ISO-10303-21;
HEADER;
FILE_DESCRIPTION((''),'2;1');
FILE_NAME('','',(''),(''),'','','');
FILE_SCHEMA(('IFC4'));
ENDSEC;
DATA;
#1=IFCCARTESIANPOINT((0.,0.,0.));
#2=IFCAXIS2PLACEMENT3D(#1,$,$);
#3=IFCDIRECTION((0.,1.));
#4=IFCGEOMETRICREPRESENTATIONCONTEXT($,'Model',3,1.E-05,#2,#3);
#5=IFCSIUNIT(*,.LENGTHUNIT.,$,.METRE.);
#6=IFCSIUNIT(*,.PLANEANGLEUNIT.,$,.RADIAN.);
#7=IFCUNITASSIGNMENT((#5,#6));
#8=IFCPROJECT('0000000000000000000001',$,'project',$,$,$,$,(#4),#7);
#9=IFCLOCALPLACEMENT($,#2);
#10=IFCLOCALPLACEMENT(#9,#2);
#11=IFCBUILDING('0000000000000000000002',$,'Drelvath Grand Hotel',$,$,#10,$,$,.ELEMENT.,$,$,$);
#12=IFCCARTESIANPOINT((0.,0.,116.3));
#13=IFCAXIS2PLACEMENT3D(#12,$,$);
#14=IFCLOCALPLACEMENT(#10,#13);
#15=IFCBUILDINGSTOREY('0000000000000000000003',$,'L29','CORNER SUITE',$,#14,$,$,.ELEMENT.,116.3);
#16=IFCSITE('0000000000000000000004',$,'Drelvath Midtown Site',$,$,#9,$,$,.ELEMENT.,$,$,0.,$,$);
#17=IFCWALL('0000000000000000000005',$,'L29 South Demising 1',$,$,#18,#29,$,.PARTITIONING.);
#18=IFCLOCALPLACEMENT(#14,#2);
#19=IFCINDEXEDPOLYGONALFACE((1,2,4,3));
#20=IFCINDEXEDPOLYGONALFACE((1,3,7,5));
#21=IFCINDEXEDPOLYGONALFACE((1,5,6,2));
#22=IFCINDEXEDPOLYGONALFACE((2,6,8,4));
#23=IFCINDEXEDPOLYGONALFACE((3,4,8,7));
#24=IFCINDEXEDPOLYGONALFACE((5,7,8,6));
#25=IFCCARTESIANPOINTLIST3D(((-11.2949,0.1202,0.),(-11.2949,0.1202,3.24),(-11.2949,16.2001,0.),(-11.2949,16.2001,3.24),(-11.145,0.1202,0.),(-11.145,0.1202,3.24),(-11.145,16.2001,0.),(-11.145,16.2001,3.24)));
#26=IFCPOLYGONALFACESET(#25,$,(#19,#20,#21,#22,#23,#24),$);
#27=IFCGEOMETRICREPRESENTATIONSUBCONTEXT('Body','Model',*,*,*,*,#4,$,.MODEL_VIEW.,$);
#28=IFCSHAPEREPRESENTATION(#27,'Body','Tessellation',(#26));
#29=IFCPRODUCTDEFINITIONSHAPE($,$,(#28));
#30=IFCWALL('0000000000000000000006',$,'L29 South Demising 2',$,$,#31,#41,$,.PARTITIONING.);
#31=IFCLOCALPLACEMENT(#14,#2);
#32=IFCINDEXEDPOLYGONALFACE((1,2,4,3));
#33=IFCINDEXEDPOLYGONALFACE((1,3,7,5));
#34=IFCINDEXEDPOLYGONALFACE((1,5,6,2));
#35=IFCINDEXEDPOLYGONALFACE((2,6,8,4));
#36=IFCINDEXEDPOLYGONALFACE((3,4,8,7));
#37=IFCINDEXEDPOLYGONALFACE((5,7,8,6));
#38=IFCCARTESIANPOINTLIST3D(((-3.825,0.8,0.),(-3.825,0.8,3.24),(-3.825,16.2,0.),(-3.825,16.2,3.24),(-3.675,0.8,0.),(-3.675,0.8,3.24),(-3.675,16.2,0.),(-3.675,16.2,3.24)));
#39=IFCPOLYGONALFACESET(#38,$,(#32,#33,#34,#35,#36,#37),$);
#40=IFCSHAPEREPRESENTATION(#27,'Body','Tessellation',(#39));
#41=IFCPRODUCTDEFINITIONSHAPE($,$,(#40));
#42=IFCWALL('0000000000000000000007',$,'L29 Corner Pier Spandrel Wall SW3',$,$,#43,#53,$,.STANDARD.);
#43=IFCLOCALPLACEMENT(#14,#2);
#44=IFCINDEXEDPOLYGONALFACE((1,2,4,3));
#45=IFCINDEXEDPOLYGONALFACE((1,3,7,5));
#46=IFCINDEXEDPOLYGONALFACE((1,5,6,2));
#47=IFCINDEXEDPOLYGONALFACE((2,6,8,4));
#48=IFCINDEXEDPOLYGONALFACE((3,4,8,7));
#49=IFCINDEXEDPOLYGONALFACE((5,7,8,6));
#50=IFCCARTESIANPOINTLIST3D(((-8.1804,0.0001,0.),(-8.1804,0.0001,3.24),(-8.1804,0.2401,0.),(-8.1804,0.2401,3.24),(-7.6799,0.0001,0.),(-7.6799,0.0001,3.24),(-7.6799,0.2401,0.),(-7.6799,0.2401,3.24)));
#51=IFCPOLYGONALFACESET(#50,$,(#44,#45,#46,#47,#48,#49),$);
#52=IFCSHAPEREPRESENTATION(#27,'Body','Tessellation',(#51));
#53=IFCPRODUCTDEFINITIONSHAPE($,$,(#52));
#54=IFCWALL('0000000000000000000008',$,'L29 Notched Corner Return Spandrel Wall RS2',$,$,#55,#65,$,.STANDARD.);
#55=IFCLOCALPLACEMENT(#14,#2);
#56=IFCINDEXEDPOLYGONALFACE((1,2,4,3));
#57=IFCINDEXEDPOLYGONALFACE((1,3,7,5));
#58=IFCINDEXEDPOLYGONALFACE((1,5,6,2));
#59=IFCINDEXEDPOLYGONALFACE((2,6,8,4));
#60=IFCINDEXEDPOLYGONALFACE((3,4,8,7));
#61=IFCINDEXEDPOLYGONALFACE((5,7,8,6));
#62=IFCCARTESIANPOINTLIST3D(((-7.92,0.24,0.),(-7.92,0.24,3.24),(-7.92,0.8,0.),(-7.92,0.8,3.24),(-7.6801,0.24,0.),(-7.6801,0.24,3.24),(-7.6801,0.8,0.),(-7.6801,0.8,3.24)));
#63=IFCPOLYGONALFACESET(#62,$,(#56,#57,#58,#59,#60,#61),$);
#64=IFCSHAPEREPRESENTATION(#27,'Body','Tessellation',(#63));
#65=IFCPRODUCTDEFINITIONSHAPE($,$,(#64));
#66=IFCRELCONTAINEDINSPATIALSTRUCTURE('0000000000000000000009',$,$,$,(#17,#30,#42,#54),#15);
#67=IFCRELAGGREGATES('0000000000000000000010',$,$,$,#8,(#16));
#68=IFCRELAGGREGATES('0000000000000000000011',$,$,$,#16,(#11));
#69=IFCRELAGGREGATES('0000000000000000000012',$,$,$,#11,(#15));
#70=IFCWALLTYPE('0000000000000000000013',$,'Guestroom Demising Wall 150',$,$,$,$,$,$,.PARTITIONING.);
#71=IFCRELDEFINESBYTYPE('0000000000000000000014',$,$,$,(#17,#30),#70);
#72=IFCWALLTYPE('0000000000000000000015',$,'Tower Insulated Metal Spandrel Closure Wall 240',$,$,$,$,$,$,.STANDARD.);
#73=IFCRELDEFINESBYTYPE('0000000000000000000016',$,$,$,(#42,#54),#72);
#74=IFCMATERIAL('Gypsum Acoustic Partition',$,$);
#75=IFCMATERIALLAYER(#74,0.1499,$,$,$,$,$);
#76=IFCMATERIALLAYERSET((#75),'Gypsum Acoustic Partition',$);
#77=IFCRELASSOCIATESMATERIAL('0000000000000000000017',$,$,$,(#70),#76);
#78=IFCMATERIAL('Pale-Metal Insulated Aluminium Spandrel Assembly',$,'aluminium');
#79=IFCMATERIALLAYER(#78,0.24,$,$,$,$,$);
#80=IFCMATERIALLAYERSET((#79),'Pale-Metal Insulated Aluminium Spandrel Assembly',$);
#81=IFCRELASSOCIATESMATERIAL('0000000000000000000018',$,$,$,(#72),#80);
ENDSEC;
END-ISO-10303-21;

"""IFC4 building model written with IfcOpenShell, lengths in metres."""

from ifc_helpers import new_model, si_unit, direction, frame, frame_2d, origin, place, context, subcontext, project, spatial, rectangle, extrude, material, layer, layer_set, type_object, element, save


model = new_model("IFC4")

# Units and contexts
model_context = context("Model", 3, precision=1e-05, world=origin(), true_north=direction((0.0, 1.0)))
body_context = subcontext(model_context, "Body", "Model", "MODEL_VIEW")
ifc_project = project(units=[si_unit("LENGTHUNIT", "METRE"), si_unit("PLANEANGLEUNIT", "RADIAN")], contexts=[model_context])

# Site, building, storey
site_placement = place(None, origin())
site = spatial("IfcSite", under=ifc_project, at=site_placement, Name="Drelvath Midtown Site", CompositionType="ELEMENT", RefElevation=0.0)
building_placement = place(site_placement, origin())
building = spatial("IfcBuilding", under=site, at=building_placement, Name="Drelvath Grand Hotel", CompositionType="ELEMENT")
storey_placement = place(building_placement, frame((0.0, 0.0, 116.3)))
storey = spatial("IfcBuildingStorey", under=building, at=storey_placement, Name="L29", Description="CORNER SUITE", CompositionType="ELEMENT", Elevation=116.3)

# Walls
ifc_material_1 = material(Name="Gypsum Acoustic Partition")
ifc_layer_1 = layer(ifc_material_1, 0.1499)
ifc_layer_set_1 = layer_set([ifc_layer_1], Name="Gypsum Acoustic Partition")
wall_type_1 = type_object("IfcWallType", Name="Guestroom Demising Wall 150", PredefinedType="PARTITIONING", material=ifc_layer_set_1)
wall_1_placement = place(storey_placement, frame((-11.22, 0.1201, 0.0), z_axis=(0.0, 0.0, 1.0), x_axis=(0.0, 1.0, 0.0)))
element("IfcWall", 1, at=wall_1_placement, inside=storey, type_object=wall_type_1, Name="L29 South Demising 1", PredefinedType="PARTITIONING", context=body_context, shape_type="SweptSolid", body=[
    extrude(rectangle(XDim=16.0798, YDim=0.1499, at=frame_2d((8.04, 0.0))), origin(), (0.0, 0.0, 1.0), 3.24),
])
wall_2_placement = place(storey_placement, frame((-3.75, 0.8, 0.0), z_axis=(0.0, 0.0, 1.0), x_axis=(0.0, 1.0, 0.0)))
element("IfcWall", 2, at=wall_2_placement, inside=storey, type_object=wall_type_1, Name="L29 South Demising 2", PredefinedType="PARTITIONING", context=body_context, shape_type="SweptSolid", body=[
    extrude(rectangle(XDim=15.3999, YDim=0.1499, at=frame_2d((7.7, 0.0))), origin(), (0.0, 0.0, 1.0), 3.24),
])
ifc_material_2 = material(Name="Pale-Metal Insulated Aluminium Spandrel Assembly", Category="aluminium")
ifc_layer_2 = layer(ifc_material_2, 0.24)
ifc_layer_set_2 = layer_set([ifc_layer_2], Name="Pale-Metal Insulated Aluminium Spandrel Assembly")
wall_type_2 = type_object("IfcWallType", Name="Tower Insulated Metal Spandrel Closure Wall 240", PredefinedType="STANDARD", material=ifc_layer_set_2)
wall_3_placement = place(storey_placement, frame((-7.6799, 0.1201, 0.0), z_axis=(0.0, 0.0, 1.0), x_axis=(-1.0, 0.0, 0.0)))
element("IfcWall", 3, at=wall_3_placement, inside=storey, type_object=wall_type_2, Name="L29 Corner Pier Spandrel Wall SW3", PredefinedType="STANDARD", context=body_context, shape_type="SweptSolid", body=[
    extrude(rectangle(XDim=0.5005, YDim=0.24, at=frame_2d((0.2502, 0.0))), origin(), (0.0, 0.0, 1.0), 3.24),
])
wall_4_placement = place(storey_placement, frame((-7.8, 0.8, 0.0), z_axis=(0.0, 0.0, 1.0), x_axis=(0.0, -1.0, 0.0)))
element("IfcWall", 4, at=wall_4_placement, inside=storey, type_object=wall_type_2, Name="L29 Notched Corner Return Spandrel Wall RS2", PredefinedType="STANDARD", context=body_context, shape_type="SweptSolid", body=[
    extrude(rectangle(XDim=0.5601, YDim=0.24, at=frame_2d((0.28, 0.0))), origin(), (0.0, 0.0, 1.0), 3.24),
])

save(model, "model.ifc")
